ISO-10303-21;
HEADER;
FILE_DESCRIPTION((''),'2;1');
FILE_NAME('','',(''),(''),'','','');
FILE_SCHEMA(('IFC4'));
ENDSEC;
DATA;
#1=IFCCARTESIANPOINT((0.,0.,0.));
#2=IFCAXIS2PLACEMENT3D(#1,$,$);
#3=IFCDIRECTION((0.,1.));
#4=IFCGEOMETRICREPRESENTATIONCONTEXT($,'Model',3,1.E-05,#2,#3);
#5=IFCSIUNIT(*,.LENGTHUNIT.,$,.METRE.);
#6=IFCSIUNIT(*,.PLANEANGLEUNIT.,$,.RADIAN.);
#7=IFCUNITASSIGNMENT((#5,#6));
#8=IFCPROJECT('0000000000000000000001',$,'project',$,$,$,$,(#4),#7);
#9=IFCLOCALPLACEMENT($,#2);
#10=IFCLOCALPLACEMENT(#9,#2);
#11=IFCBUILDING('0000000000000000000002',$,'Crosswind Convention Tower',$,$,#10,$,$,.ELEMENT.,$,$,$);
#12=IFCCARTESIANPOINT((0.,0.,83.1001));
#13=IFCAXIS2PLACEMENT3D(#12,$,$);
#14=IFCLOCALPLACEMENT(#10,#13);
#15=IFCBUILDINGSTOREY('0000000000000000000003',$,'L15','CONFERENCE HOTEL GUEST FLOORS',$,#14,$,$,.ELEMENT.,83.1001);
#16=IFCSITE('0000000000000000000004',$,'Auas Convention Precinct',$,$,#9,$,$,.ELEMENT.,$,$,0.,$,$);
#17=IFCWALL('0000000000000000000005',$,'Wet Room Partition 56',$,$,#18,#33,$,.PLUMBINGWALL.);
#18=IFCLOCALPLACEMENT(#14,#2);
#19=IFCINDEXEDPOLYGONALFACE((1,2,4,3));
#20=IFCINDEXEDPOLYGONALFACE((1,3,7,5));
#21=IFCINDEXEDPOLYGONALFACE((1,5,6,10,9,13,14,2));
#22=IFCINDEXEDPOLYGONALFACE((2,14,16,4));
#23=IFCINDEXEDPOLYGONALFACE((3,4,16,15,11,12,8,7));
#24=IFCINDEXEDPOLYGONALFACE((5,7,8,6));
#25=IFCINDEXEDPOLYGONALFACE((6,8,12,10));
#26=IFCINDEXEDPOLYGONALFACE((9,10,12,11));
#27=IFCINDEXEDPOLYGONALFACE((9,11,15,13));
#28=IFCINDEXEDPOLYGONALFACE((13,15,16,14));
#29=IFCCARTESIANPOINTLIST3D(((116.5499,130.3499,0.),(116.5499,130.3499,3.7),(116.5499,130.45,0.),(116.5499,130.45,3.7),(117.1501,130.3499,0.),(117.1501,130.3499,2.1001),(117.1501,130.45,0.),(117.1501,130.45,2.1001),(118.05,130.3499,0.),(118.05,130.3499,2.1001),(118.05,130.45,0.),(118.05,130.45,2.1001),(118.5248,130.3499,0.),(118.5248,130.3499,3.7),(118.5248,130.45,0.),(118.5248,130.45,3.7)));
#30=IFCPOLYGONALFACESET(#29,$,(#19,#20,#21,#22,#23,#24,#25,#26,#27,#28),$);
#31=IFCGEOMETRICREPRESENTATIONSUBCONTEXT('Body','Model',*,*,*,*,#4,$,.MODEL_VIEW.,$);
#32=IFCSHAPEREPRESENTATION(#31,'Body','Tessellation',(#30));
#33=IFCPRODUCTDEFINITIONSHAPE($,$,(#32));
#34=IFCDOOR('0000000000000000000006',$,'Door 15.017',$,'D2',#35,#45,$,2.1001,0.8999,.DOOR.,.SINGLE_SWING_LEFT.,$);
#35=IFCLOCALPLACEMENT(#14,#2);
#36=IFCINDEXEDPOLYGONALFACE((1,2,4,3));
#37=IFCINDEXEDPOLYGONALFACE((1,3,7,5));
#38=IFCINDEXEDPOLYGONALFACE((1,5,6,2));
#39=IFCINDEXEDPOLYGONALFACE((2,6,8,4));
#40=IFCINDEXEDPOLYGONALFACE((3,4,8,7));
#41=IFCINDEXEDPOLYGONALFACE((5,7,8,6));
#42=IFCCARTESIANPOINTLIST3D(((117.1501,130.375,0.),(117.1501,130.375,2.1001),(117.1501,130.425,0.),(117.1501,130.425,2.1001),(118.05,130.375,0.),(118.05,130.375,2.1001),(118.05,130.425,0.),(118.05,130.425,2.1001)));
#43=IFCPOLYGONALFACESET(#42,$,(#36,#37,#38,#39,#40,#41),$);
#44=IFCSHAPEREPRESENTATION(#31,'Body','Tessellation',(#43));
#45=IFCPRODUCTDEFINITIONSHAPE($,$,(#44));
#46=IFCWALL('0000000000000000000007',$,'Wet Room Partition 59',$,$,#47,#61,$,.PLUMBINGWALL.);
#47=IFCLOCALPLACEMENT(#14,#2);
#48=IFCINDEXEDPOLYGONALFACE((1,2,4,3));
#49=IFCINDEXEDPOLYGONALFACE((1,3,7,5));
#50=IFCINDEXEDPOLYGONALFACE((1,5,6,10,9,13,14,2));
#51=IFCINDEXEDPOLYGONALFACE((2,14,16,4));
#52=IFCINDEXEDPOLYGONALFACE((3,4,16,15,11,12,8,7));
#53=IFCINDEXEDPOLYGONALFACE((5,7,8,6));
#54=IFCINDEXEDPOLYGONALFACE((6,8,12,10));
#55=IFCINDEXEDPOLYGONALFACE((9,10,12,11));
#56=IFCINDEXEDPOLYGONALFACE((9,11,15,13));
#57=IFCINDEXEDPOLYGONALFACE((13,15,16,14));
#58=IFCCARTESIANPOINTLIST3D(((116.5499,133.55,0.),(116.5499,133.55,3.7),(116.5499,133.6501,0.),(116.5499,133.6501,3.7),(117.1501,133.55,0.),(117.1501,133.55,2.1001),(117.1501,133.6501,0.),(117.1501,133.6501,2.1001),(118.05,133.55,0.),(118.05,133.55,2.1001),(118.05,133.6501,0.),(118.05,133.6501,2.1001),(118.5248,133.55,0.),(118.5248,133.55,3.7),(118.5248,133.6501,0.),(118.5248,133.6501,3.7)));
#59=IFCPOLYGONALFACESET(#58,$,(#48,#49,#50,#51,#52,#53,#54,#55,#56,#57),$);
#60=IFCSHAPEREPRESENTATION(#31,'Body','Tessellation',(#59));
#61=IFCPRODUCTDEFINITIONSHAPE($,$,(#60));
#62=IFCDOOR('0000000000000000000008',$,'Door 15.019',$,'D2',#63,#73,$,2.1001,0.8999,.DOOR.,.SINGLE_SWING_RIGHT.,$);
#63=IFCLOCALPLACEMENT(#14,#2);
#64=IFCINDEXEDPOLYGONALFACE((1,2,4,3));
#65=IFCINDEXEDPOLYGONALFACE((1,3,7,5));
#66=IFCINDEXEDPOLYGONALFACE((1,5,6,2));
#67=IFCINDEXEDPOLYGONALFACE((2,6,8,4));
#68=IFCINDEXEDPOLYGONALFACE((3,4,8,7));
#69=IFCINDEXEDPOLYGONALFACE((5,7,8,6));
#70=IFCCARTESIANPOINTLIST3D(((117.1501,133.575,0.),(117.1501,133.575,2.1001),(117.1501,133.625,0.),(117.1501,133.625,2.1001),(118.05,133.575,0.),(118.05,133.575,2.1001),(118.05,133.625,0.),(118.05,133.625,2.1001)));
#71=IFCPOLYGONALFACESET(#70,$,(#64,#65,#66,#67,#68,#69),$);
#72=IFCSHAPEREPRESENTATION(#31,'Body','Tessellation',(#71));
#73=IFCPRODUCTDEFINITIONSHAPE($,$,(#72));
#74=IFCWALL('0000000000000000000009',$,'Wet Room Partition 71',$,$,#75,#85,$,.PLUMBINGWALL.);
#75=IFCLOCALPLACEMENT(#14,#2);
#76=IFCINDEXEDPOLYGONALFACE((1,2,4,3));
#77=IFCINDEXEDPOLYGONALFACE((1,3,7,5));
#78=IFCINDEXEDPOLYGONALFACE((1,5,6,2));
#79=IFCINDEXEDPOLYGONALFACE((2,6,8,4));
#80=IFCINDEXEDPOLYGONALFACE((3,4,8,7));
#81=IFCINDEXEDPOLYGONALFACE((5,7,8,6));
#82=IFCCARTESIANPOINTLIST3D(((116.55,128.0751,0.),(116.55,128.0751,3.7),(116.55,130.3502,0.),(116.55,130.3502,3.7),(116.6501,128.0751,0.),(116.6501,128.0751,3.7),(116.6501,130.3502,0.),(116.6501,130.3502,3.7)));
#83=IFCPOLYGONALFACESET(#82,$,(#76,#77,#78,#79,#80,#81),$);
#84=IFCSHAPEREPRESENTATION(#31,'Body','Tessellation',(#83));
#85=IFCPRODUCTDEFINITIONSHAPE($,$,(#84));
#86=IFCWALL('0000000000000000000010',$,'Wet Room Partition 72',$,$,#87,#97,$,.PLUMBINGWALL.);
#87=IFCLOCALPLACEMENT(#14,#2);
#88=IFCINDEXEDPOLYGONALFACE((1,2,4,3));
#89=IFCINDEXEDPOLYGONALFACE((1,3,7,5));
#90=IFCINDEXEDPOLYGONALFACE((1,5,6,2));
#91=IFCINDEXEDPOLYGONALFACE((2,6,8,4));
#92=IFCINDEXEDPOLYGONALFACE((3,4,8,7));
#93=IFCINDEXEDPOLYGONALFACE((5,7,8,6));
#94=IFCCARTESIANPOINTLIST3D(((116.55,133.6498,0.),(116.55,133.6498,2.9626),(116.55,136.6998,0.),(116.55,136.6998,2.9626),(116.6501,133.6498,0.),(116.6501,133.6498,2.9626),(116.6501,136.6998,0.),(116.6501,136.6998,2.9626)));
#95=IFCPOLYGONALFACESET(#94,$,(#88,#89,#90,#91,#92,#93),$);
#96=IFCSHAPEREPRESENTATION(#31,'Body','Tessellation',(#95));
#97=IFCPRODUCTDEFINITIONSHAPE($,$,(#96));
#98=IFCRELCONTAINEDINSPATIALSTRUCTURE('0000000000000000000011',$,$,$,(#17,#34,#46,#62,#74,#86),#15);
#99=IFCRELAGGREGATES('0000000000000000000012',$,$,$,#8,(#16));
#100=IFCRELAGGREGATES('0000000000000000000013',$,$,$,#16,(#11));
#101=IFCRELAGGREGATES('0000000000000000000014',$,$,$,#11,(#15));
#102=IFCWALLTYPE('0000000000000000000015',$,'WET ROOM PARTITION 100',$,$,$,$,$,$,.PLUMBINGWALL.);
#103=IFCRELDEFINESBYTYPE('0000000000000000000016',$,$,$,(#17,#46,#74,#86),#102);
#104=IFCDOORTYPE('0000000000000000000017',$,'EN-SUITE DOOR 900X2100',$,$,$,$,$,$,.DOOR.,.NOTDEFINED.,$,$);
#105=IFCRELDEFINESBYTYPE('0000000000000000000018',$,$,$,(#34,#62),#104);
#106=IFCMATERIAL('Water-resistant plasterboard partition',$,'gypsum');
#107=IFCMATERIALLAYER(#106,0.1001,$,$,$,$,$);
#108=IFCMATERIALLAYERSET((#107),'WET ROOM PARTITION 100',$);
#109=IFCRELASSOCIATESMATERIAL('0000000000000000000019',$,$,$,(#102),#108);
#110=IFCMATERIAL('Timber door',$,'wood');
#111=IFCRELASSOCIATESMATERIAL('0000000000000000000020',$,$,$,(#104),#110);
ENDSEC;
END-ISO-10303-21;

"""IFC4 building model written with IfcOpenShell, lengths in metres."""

from ifc_helpers import new_model, si_unit, direction, frame, frame_2d, origin, place, context, subcontext, project, spatial, rectangle, extrude, material, layer, layer_set, type_object, element, fill, save


model = new_model("IFC4")

# Units and contexts
model_context = context("Model", 3, precision=1e-05, world=origin(), true_north=direction((0.0, 1.0)))
body_context = subcontext(model_context, "Body", "Model", "MODEL_VIEW")
ifc_project = project(units=[si_unit("LENGTHUNIT", "METRE"), si_unit("PLANEANGLEUNIT", "RADIAN")], contexts=[model_context])

# Site, building, storey
site_placement = place(None, origin())
site = spatial("IfcSite", under=ifc_project, at=site_placement, Name="Auas Convention Precinct", CompositionType="ELEMENT", RefElevation=0.0)
building_placement = place(site_placement, origin())
building = spatial("IfcBuilding", under=site, at=building_placement, Name="Crosswind Convention Tower", CompositionType="ELEMENT")
storey_placement = place(building_placement, frame((0.0, 0.0, 83.1001)))
storey = spatial("IfcBuildingStorey", under=building, at=storey_placement, Name="L15", Description="CONFERENCE HOTEL GUEST FLOORS", CompositionType="ELEMENT", Elevation=83.1001)

# Walls, openings, doors
ifc_material_1 = material(Name="Water-resistant plasterboard partition", Category="gypsum")
ifc_layer_1 = layer(ifc_material_1, 0.1001)
ifc_layer_set_1 = layer_set([ifc_layer_1], Name="WET ROOM PARTITION 100")
wall_type_1 = type_object("IfcWallType", Name="WET ROOM PARTITION 100", PredefinedType="PLUMBINGWALL", material=ifc_layer_set_1)
wall_1_placement = place(storey_placement, frame((116.55, 130.3999, 0.0), z_axis=(0.0, 0.0, 1.0), x_axis=(1.0, 0.0, 0.0)))
wall_1 = element("IfcWall", 1, at=wall_1_placement, inside=storey, type_object=wall_type_1, Name="Wet Room Partition 56", PredefinedType="PLUMBINGWALL", context=body_context, shape_type="SweptSolid", body=[
    extrude(rectangle(XDim=1.9749, YDim=0.1001, at=frame_2d((0.9873, 0.0))), origin(), (0.0, 0.0, 1.0), 3.7),
])
opening_1_placement = place(wall_1_placement, frame((0.6001, 0.0, 0.0)))
opening_1 = element("IfcOpeningElement", 2, at=opening_1_placement, cuts=wall_1, PredefinedType="OPENING", context=body_context, shape_type="SweptSolid", body=[
    extrude(rectangle(XDim=0.8999, YDim=2.1001, at=frame_2d((0.45, 1.05))), frame((0.0, 0.0601, 0.0), z_axis=(0.0, -1.0, 0.0), x_axis=(1.0, 0.0, 0.0)), (0.0, 0.0, 1.0), 0.1201),
])
ifc_material_2 = material(Name="Timber door", Category="wood")
door_type = type_object("IfcDoorType", Name="EN-SUITE DOOR 900X2100", OperationType="NOTDEFINED", PredefinedType="DOOR", material=ifc_material_2)
door_1_placement = place(opening_1_placement, frame((0.8999, 0.0, 0.0), z_axis=(0.0, 0.0, 1.0), x_axis=(-1.0, 0.0, 0.0)))
door_1 = element("IfcDoor", 3, at=door_1_placement, inside=storey, type_object=door_type, Name="Door 15.017", ObjectType="D2", OperationType="SINGLE_SWING_LEFT", OverallHeight=2.1001, OverallWidth=0.8999, PredefinedType="DOOR", context=body_context, shape_type="SweptSolid", body=[
    extrude(rectangle(XDim=0.8999, YDim=2.1001, at=frame_2d((0.45, 1.05))), frame((0.0, 0.0249, 0.0), z_axis=(0.0, -1.0, 0.0), x_axis=(1.0, 0.0, 0.0)), (0.0, 0.0, 1.0), 0.05),
])
fill(opening_1, door_1)
wall_2_placement = place(storey_placement, frame((116.55, 133.6001, 0.0), z_axis=(0.0, 0.0, 1.0), x_axis=(1.0, 0.0, 0.0)))
wall_2 = element("IfcWall", 4, at=wall_2_placement, inside=storey, type_object=wall_type_1, Name="Wet Room Partition 59", PredefinedType="PLUMBINGWALL", context=body_context, shape_type="SweptSolid", body=[
    extrude(rectangle(XDim=1.9749, YDim=0.1001, at=frame_2d((0.9873, 0.0))), origin(), (0.0, 0.0, 1.0), 3.7),
])
opening_2_placement = place(wall_2_placement, frame((0.6001, 0.0, 0.0)))
opening_2 = element("IfcOpeningElement", 5, at=opening_2_placement, cuts=wall_2, PredefinedType="OPENING", context=body_context, shape_type="SweptSolid", body=[
    extrude(rectangle(XDim=0.8999, YDim=2.1001, at=frame_2d((0.45, 1.05))), frame((0.0, 0.0601, 0.0), z_axis=(0.0, -1.0, 0.0), x_axis=(1.0, 0.0, 0.0)), (0.0, 0.0, 1.0), 0.1201),
])
door_2_placement = place(opening_2_placement, origin())
door_2 = element("IfcDoor", 6, at=door_2_placement, inside=storey, type_object=door_type, Name="Door 15.019", ObjectType="D2", OperationType="SINGLE_SWING_RIGHT", OverallHeight=2.1001, OverallWidth=0.8999, PredefinedType="DOOR", context=body_context, shape_type="SweptSolid", body=[
    extrude(rectangle(XDim=0.8999, YDim=2.1001, at=frame_2d((0.45, 1.05))), frame((0.0, 0.0249, 0.0), z_axis=(0.0, -1.0, 0.0), x_axis=(1.0, 0.0, 0.0)), (0.0, 0.0, 1.0), 0.05),
])
fill(opening_2, door_2)

# Walls
wall_3_placement = place(storey_placement, frame((116.6001, 128.075, 0.0), z_axis=(0.0, 0.0, 1.0), x_axis=(0.0, 1.0, 0.0)))
element("IfcWall", 7, at=wall_3_placement, inside=storey, type_object=wall_type_1, Name="Wet Room Partition 71", PredefinedType="PLUMBINGWALL", context=body_context, shape_type="SweptSolid", body=[
    extrude(rectangle(XDim=2.2751, YDim=0.1001, at=frame_2d((1.1377, 0.0))), origin(), (0.0, 0.0, 1.0), 3.7),
])
wall_4_placement = place(storey_placement, frame((116.6001, 133.6499, 0.0), z_axis=(0.0, 0.0, 1.0), x_axis=(0.0, 1.0, 0.0)))
element("IfcWall", 8, at=wall_4_placement, inside=storey, type_object=wall_type_1, Name="Wet Room Partition 72", PredefinedType="PLUMBINGWALL", context=body_context, shape_type="SweptSolid", body=[
    extrude(rectangle(XDim=3.05, YDim=0.1001, at=frame_2d((1.5249, 0.0))), origin(), (0.0, 0.0, 1.0), 2.9626),
])

save(model, "model.ifc")
